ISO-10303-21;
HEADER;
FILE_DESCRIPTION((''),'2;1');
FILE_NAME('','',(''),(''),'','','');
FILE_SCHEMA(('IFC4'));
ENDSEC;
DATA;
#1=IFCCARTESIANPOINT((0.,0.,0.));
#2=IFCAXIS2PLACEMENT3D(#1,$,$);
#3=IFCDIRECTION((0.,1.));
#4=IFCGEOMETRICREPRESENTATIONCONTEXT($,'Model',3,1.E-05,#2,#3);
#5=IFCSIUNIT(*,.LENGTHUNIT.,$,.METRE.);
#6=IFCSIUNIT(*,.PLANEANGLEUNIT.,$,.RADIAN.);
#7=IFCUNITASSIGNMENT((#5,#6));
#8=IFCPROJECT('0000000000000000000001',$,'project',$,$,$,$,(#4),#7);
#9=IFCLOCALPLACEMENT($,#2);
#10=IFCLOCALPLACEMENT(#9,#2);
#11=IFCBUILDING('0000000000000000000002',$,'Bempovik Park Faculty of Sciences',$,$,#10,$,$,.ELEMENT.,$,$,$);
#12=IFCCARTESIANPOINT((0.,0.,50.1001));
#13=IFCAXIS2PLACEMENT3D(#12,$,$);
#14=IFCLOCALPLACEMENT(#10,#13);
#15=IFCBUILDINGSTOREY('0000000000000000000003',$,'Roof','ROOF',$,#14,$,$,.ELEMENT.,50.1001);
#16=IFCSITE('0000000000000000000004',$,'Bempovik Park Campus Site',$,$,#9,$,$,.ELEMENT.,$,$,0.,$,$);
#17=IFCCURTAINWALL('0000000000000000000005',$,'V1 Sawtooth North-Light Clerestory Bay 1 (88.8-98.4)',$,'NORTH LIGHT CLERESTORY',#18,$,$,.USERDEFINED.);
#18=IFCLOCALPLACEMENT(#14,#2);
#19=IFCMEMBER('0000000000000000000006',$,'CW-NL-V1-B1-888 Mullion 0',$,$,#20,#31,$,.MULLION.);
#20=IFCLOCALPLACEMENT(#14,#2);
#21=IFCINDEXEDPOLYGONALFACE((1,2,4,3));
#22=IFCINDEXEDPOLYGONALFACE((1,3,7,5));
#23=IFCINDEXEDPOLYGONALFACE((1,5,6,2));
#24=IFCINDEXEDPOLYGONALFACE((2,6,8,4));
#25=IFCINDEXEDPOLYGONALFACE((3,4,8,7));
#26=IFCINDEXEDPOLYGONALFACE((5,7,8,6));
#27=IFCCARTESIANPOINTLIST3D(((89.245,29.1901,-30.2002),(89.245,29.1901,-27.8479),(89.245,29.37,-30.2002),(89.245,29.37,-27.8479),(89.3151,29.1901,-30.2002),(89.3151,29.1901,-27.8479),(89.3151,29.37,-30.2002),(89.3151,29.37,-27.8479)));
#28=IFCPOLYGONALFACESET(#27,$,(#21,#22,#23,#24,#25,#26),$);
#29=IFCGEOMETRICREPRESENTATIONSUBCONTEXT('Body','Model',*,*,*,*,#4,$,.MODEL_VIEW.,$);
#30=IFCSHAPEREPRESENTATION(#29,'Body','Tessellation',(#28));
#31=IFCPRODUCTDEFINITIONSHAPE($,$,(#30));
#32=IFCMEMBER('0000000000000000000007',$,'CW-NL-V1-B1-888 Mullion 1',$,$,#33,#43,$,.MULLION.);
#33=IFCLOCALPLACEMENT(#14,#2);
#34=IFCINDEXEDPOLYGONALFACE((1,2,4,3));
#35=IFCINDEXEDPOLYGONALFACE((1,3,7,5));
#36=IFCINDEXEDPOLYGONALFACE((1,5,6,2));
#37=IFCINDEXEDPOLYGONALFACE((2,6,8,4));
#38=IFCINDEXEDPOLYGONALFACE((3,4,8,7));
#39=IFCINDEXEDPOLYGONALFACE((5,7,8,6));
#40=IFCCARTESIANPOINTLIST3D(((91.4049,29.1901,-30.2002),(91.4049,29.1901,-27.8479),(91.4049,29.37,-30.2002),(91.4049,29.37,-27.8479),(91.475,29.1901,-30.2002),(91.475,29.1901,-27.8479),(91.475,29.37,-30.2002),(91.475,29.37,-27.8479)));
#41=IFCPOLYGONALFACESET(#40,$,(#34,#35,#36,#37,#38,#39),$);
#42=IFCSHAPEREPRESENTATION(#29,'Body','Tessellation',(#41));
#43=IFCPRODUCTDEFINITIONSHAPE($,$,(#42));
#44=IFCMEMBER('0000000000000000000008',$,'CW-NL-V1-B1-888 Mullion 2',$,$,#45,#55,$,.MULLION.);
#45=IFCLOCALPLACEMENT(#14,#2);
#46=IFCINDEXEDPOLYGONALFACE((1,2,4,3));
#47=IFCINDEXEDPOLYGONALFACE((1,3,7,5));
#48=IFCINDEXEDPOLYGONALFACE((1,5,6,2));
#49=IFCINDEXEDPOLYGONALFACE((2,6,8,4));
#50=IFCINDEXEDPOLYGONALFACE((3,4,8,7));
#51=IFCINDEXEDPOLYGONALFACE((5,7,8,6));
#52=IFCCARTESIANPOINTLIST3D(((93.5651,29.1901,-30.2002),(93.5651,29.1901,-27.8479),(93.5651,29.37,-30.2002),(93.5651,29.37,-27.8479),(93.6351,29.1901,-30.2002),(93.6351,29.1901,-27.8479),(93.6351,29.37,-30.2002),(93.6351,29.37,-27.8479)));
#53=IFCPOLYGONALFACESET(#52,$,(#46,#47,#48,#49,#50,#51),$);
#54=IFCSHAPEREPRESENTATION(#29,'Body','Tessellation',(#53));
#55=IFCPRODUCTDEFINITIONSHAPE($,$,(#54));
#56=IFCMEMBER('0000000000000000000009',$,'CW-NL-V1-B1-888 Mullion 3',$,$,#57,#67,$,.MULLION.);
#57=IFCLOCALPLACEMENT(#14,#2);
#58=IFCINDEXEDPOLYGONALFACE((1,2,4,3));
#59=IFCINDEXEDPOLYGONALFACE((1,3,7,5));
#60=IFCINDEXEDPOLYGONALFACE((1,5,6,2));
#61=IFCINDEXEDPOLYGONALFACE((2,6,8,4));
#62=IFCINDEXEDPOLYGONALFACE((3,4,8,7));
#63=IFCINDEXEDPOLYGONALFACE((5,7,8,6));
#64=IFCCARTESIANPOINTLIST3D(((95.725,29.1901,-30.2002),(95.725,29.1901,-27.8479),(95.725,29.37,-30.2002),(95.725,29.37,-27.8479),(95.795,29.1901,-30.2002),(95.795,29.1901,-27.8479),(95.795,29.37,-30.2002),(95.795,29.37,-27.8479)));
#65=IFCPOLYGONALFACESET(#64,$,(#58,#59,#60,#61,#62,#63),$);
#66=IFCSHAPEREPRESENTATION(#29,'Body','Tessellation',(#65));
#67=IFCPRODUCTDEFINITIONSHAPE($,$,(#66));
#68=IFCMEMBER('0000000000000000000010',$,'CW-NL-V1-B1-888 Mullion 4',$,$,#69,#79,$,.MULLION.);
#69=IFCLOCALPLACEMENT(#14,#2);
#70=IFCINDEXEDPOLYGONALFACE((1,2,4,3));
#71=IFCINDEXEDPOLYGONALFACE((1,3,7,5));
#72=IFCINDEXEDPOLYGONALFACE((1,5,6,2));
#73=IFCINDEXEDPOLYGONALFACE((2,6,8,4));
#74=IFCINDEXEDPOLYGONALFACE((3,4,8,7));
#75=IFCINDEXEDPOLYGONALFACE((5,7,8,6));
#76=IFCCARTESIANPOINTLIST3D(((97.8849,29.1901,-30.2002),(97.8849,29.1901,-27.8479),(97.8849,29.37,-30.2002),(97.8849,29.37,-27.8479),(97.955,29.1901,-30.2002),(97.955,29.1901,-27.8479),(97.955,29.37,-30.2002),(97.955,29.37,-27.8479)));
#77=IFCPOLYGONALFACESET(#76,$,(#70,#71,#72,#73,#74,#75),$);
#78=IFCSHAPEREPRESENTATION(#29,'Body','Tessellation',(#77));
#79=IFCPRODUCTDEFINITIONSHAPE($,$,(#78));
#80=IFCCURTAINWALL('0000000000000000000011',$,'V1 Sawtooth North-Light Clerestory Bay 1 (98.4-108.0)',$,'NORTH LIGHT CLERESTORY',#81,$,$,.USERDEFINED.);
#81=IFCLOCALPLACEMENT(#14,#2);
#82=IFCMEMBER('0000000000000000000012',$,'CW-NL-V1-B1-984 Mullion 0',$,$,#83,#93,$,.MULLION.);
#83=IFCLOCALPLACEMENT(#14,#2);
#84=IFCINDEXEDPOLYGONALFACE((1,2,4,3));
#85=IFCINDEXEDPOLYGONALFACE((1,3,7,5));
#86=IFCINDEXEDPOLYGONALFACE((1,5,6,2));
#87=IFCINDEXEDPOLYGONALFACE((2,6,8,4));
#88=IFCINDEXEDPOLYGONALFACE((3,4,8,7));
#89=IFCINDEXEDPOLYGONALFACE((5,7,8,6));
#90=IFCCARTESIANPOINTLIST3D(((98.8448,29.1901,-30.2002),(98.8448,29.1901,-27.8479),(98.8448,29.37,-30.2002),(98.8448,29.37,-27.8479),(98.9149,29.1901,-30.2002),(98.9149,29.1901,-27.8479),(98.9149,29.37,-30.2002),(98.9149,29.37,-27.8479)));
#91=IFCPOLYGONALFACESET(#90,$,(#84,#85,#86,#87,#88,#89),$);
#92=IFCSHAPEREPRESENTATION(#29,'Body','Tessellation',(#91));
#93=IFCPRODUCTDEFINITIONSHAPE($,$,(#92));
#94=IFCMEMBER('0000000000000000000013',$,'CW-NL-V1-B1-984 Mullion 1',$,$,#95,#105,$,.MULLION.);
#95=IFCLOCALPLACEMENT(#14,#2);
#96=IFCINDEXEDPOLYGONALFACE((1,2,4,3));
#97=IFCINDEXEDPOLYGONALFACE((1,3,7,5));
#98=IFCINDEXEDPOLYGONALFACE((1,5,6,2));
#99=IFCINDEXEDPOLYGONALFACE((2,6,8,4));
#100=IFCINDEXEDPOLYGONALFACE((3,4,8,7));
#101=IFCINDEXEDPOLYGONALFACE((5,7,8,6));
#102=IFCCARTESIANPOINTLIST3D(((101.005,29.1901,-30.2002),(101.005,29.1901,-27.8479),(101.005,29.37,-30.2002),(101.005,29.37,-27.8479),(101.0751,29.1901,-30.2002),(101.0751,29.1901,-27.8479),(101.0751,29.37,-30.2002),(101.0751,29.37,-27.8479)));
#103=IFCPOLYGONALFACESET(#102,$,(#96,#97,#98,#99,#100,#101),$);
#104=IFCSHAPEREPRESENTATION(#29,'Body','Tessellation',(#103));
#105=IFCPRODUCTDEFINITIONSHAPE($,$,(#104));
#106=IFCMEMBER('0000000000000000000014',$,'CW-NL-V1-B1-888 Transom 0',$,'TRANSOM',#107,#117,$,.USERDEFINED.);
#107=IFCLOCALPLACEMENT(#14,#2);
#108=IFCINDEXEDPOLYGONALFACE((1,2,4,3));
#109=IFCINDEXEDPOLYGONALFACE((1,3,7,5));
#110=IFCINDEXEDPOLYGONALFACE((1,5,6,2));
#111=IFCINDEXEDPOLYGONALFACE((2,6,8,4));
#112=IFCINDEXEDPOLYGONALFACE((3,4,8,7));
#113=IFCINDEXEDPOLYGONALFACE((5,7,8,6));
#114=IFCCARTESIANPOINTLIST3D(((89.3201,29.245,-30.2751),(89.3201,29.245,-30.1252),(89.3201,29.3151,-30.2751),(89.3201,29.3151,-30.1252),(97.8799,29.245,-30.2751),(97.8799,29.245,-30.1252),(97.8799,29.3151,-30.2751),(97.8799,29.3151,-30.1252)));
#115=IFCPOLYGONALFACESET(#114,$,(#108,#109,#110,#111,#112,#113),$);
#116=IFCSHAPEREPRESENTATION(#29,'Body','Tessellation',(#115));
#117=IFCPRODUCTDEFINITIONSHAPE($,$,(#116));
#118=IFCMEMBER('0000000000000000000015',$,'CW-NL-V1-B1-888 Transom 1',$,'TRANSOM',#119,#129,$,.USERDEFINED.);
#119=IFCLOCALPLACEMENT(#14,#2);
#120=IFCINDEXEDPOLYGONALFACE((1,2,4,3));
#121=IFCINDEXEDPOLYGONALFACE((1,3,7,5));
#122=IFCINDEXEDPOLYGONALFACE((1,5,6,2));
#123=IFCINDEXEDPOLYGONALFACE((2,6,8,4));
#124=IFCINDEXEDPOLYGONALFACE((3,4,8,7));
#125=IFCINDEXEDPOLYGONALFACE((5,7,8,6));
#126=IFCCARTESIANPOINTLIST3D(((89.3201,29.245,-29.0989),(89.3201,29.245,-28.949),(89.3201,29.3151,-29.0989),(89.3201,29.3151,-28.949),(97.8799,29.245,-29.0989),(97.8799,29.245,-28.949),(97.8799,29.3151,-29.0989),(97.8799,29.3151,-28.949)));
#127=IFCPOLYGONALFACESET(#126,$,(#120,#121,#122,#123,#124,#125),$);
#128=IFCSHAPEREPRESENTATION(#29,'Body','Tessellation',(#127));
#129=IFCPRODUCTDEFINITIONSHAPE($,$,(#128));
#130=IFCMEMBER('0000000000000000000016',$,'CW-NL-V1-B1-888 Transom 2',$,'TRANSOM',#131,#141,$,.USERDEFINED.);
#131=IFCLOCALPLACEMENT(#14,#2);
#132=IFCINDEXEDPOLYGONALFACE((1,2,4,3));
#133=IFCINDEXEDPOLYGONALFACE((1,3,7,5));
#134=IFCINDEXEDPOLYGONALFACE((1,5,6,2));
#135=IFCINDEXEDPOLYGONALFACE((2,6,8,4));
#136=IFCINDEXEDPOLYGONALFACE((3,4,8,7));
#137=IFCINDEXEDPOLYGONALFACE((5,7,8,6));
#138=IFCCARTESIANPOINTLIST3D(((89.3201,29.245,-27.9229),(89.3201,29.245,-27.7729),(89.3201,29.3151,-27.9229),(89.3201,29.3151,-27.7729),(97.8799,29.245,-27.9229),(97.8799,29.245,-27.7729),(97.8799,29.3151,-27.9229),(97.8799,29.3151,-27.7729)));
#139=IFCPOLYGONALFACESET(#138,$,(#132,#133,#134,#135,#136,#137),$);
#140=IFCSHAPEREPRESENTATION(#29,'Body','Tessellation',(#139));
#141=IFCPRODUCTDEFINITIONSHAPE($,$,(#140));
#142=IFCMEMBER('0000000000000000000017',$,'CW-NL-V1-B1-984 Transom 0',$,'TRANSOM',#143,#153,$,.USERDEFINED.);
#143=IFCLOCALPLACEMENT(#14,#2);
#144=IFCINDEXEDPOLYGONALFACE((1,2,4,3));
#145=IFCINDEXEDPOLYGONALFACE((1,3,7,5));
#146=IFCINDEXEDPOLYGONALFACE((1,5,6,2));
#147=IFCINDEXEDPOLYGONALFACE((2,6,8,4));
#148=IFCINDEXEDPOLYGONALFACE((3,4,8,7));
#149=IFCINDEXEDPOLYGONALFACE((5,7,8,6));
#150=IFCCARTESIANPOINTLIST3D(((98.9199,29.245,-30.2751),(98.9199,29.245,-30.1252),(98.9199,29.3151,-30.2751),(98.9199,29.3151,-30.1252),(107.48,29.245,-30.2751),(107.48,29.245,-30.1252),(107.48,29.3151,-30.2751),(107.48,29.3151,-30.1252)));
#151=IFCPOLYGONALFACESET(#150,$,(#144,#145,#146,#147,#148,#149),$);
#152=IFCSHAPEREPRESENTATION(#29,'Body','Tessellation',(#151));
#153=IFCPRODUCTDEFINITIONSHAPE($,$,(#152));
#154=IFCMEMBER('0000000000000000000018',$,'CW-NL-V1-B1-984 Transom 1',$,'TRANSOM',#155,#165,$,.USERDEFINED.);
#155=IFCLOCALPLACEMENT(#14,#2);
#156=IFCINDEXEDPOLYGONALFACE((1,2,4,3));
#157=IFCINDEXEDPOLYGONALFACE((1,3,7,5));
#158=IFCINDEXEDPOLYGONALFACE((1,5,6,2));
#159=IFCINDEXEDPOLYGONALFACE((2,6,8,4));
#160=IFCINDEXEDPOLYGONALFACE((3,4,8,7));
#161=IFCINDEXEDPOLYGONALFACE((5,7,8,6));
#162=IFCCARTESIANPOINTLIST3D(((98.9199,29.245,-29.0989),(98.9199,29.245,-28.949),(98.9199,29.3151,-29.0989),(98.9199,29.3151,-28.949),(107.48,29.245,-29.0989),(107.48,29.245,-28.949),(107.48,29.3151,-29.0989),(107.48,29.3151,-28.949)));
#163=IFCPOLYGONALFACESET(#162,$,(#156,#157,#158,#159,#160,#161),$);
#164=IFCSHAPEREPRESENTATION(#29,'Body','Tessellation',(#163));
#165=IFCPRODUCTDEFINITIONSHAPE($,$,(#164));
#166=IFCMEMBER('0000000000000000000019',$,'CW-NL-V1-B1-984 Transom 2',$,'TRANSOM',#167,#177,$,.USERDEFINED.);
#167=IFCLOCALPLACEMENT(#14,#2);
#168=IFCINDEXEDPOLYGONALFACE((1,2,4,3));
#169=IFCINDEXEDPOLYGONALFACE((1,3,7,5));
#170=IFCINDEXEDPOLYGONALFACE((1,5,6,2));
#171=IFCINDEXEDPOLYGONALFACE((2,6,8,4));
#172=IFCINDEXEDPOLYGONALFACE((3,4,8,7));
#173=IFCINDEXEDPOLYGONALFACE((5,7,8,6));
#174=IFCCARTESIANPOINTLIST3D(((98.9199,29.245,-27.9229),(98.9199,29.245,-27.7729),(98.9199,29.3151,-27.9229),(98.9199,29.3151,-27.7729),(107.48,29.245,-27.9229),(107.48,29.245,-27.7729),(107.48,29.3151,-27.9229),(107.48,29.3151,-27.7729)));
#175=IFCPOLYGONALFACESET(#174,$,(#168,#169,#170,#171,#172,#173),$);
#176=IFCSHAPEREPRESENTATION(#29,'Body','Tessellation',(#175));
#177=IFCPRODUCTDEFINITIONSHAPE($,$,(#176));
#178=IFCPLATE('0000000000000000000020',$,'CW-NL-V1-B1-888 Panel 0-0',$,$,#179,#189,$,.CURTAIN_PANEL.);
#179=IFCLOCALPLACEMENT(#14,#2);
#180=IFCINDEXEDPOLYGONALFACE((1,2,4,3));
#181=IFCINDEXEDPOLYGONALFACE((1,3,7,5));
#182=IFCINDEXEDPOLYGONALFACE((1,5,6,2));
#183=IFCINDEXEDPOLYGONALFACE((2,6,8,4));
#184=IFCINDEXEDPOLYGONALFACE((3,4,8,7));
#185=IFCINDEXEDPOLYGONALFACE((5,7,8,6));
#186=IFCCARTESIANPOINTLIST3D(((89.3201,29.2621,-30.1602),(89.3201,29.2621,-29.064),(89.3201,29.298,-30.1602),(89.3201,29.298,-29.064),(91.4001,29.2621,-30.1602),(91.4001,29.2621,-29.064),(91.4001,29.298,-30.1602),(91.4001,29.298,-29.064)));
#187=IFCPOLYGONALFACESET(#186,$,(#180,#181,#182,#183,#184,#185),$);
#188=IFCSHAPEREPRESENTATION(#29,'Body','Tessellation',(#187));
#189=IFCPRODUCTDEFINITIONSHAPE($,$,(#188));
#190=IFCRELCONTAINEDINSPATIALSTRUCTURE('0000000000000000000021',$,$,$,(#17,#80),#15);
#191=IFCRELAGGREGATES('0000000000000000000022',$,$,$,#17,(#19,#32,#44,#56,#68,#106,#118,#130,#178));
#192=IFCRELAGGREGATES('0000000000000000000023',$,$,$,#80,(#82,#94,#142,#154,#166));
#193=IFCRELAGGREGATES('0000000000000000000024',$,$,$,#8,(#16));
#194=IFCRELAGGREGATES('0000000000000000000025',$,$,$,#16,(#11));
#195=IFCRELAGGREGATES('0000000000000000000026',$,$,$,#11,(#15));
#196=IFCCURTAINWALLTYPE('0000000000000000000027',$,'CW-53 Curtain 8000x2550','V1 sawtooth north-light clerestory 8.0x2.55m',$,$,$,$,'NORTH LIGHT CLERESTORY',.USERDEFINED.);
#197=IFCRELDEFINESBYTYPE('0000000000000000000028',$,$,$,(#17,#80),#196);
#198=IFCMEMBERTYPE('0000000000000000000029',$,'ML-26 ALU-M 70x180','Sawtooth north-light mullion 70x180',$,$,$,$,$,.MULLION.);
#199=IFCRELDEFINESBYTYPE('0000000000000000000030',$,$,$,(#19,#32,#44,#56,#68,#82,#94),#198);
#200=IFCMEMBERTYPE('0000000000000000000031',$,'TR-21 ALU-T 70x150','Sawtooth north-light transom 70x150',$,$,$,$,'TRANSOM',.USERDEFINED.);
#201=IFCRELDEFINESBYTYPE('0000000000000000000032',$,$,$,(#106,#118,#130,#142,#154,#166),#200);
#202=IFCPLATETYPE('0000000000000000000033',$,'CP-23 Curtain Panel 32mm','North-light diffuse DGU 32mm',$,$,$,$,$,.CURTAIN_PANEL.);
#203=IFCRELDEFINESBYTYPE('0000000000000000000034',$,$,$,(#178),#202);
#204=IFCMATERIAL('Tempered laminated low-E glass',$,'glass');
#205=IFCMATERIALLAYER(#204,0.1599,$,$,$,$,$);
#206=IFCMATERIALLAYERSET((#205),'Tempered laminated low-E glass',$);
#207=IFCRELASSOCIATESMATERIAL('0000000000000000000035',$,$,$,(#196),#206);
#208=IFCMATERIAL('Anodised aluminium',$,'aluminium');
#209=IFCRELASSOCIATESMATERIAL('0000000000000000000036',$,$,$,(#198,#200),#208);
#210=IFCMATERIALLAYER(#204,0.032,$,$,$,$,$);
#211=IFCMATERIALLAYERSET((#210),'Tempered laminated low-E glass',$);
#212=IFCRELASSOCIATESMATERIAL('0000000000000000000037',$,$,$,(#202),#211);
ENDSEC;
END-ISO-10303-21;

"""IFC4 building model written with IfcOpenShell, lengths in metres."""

from ifc_helpers import new_model, si_unit, direction, frame, origin, origin_2d, place, context, subcontext, project, spatial, rectangle, extrude, material, layer, layer_set, material_profile, profile_set, type_object, element, aggregate, save


model = new_model("IFC4")

# Units and contexts
model_context = context("Model", 3, precision=1e-05, world=origin(), true_north=direction((0.0, 1.0)))
body_context = subcontext(model_context, "Body", "Model", "MODEL_VIEW")
ifc_project = project(units=[si_unit("LENGTHUNIT", "METRE"), si_unit("PLANEANGLEUNIT", "RADIAN")], contexts=[model_context])

# Site, building, storey
site_placement = place(None, origin())
site = spatial("IfcSite", under=ifc_project, at=site_placement, Name="Bempovik Park Campus Site", CompositionType="ELEMENT", RefElevation=0.0)
building_placement = place(site_placement, origin())
building = spatial("IfcBuilding", under=site, at=building_placement, Name="Bempovik Park Faculty of Sciences", CompositionType="ELEMENT")
storey_placement = place(building_placement, frame((0.0, 0.0, 50.1001)))
storey = spatial("IfcBuildingStorey", under=building, at=storey_placement, Name="Roof", Description="ROOF", CompositionType="ELEMENT", Elevation=50.1001)

# Curtain walls, members
ifc_material_1 = material(Name="Tempered laminated low-E glass", Category="glass")
ifc_layer_1 = layer(ifc_material_1, 0.1599)
ifc_layer_set_1 = layer_set([ifc_layer_1], Name="Tempered laminated low-E glass")
curtain_wall_type = type_object("IfcCurtainWallType", Name="CW-53 Curtain 8000x2550", Description="V1 sawtooth north-light clerestory 8.0x2.55m", ElementType="NORTH LIGHT CLERESTORY", PredefinedType="USERDEFINED", material=ifc_layer_set_1)
curtain_wall_1_placement = place(storey_placement, origin())
curtain_wall_1 = element("IfcCurtainWall", 1, at=curtain_wall_1_placement, inside=storey, type_object=curtain_wall_type, Name="V1 Sawtooth North-Light Clerestory Bay 1 (88.8-98.4)", ObjectType="NORTH LIGHT CLERESTORY", PredefinedType="USERDEFINED")
ifc_material_2 = material(Name="Anodised aluminium", Category="aluminium")
ifc_material_profile_1 = material_profile(ifc_material_2, rectangle(XDim=0.0701, YDim=0.1799, at=origin_2d()), Name="ALU-M 70x180")
ifc_profile_set_1 = profile_set([ifc_material_profile_1], Name="Anodised aluminium")
member_type_1 = type_object("IfcMemberType", Name="ML-26 ALU-M 70x180", Description="Sawtooth north-light mullion 70x180", PredefinedType="MULLION", material=ifc_profile_set_1)
member_1_placement = place(storey_placement, frame((89.28, 29.28, -30.2002), z_axis=(0.0, 0.0, 1.0), x_axis=(1.0, 0.0, 0.0)))
member_1 = element("IfcMember", 2, at=member_1_placement, type_object=member_type_1, Name="CW-NL-V1-B1-888 Mullion 0", PredefinedType="MULLION", context=body_context, shape_type="SweptSolid", body=[
    extrude(rectangle(XDim=0.0701, YDim=0.1799, at=origin_2d()), origin(), (0.0, 0.0, 1.0), 2.3523),
])
member_2_placement = place(storey_placement, frame((91.4399, 29.28, -30.2002), z_axis=(0.0, 0.0, 1.0), x_axis=(1.0, 0.0, 0.0)))
member_2 = element("IfcMember", 3, at=member_2_placement, type_object=member_type_1, Name="CW-NL-V1-B1-888 Mullion 1", PredefinedType="MULLION", context=body_context, shape_type="SweptSolid", body=[
    extrude(rectangle(XDim=0.0701, YDim=0.1799, at=origin_2d()), origin(), (0.0, 0.0, 1.0), 2.3523),
])
member_3_placement = place(storey_placement, frame((93.6001, 29.28, -30.2002), z_axis=(0.0, 0.0, 1.0), x_axis=(1.0, 0.0, 0.0)))
member_3 = element("IfcMember", 4, at=member_3_placement, type_object=member_type_1, Name="CW-NL-V1-B1-888 Mullion 2", PredefinedType="MULLION", context=body_context, shape_type="SweptSolid", body=[
    extrude(rectangle(XDim=0.0701, YDim=0.1799, at=origin_2d()), origin(), (0.0, 0.0, 1.0), 2.3523),
])
member_4_placement = place(storey_placement, frame((95.76, 29.28, -30.2002), z_axis=(0.0, 0.0, 1.0), x_axis=(1.0, 0.0, 0.0)))
member_4 = element("IfcMember", 5, at=member_4_placement, type_object=member_type_1, Name="CW-NL-V1-B1-888 Mullion 3", PredefinedType="MULLION", context=body_context, shape_type="SweptSolid", body=[
    extrude(rectangle(XDim=0.0701, YDim=0.1799, at=origin_2d()), origin(), (0.0, 0.0, 1.0), 2.3523),
])
member_5_placement = place(storey_placement, frame((97.9199, 29.28, -30.2002), z_axis=(0.0, 0.0, 1.0), x_axis=(1.0, 0.0, 0.0)))
member_5 = element("IfcMember", 6, at=member_5_placement, type_object=member_type_1, Name="CW-NL-V1-B1-888 Mullion 4", PredefinedType="MULLION", context=body_context, shape_type="SweptSolid", body=[
    extrude(rectangle(XDim=0.0701, YDim=0.1799, at=origin_2d()), origin(), (0.0, 0.0, 1.0), 2.3523),
])
curtain_wall_2_placement = place(storey_placement, origin())
curtain_wall_2 = element("IfcCurtainWall", 7, at=curtain_wall_2_placement, inside=storey, type_object=curtain_wall_type, Name="V1 Sawtooth North-Light Clerestory Bay 1 (98.4-108.0)", ObjectType="NORTH LIGHT CLERESTORY", PredefinedType="USERDEFINED")
member_6_placement = place(storey_placement, frame((98.8799, 29.28, -30.2002), z_axis=(0.0, 0.0, 1.0), x_axis=(1.0, 0.0, 0.0)))
member_6 = element("IfcMember", 8, at=member_6_placement, type_object=member_type_1, Name="CW-NL-V1-B1-984 Mullion 0", PredefinedType="MULLION", context=body_context, shape_type="SweptSolid", body=[
    extrude(rectangle(XDim=0.0701, YDim=0.1799, at=origin_2d()), origin(), (0.0, 0.0, 1.0), 2.3523),
])
member_7_placement = place(storey_placement, frame((101.04, 29.28, -30.2002), z_axis=(0.0, 0.0, 1.0), x_axis=(1.0, 0.0, 0.0)))
member_7 = element("IfcMember", 9, at=member_7_placement, type_object=member_type_1, Name="CW-NL-V1-B1-984 Mullion 1", PredefinedType="MULLION", context=body_context, shape_type="SweptSolid", body=[
    extrude(rectangle(XDim=0.0701, YDim=0.1799, at=origin_2d()), origin(), (0.0, 0.0, 1.0), 2.3523),
])

# Members
ifc_material_profile_2 = material_profile(ifc_material_2, rectangle(XDim=0.0701, YDim=0.1499, at=origin_2d()), Name="ALU-T 70x150")
ifc_profile_set_2 = profile_set([ifc_material_profile_2], Name="Anodised aluminium")
member_type_2 = type_object("IfcMemberType", Name="TR-21 ALU-T 70x150", Description="Sawtooth north-light transom 70x150", ElementType="TRANSOM", PredefinedType="USERDEFINED", material=ifc_profile_set_2)
member_8_placement = place(storey_placement, frame((89.3201, 29.28, -30.2002), z_axis=(1.0, 0.0, 0.0), x_axis=(0.0, 1.0, 0.0)))
member_8 = element("IfcMember", 10, at=member_8_placement, type_object=member_type_2, Name="CW-NL-V1-B1-888 Transom 0", ObjectType="TRANSOM", PredefinedType="USERDEFINED", context=body_context, shape_type="SweptSolid", body=[
    extrude(rectangle(XDim=0.0701, YDim=0.1499, at=origin_2d()), origin(), (0.0, 0.0, 1.0), 8.5598),
])
member_9_placement = place(storey_placement, frame((89.3201, 29.28, -29.0239), z_axis=(1.0, 0.0, 0.0), x_axis=(0.0, 1.0, 0.0)))
member_9 = element("IfcMember", 11, at=member_9_placement, type_object=member_type_2, Name="CW-NL-V1-B1-888 Transom 1", ObjectType="TRANSOM", PredefinedType="USERDEFINED", context=body_context, shape_type="SweptSolid", body=[
    extrude(rectangle(XDim=0.0701, YDim=0.1499, at=origin_2d()), origin(), (0.0, 0.0, 1.0), 8.5598),
])
member_10_placement = place(storey_placement, frame((89.3201, 29.28, -27.8479), z_axis=(1.0, 0.0, 0.0), x_axis=(0.0, 1.0, 0.0)))
member_10 = element("IfcMember", 12, at=member_10_placement, type_object=member_type_2, Name="CW-NL-V1-B1-888 Transom 2", ObjectType="TRANSOM", PredefinedType="USERDEFINED", context=body_context, shape_type="SweptSolid", body=[
    extrude(rectangle(XDim=0.0701, YDim=0.1499, at=origin_2d()), origin(), (0.0, 0.0, 1.0), 8.5598),
])
member_11_placement = place(storey_placement, frame((98.9199, 29.28, -30.2002), z_axis=(1.0, 0.0, 0.0), x_axis=(0.0, 1.0, 0.0)))
member_11 = element("IfcMember", 13, at=member_11_placement, type_object=member_type_2, Name="CW-NL-V1-B1-984 Transom 0", ObjectType="TRANSOM", PredefinedType="USERDEFINED", context=body_context, shape_type="SweptSolid", body=[
    extrude(rectangle(XDim=0.0701, YDim=0.1499, at=origin_2d()), origin(), (0.0, 0.0, 1.0), 8.5601),
])
member_12_placement = place(storey_placement, frame((98.9199, 29.28, -29.0239), z_axis=(1.0, 0.0, 0.0), x_axis=(0.0, 1.0, 0.0)))
member_12 = element("IfcMember", 14, at=member_12_placement, type_object=member_type_2, Name="CW-NL-V1-B1-984 Transom 1", ObjectType="TRANSOM", PredefinedType="USERDEFINED", context=body_context, shape_type="SweptSolid", body=[
    extrude(rectangle(XDim=0.0701, YDim=0.1499, at=origin_2d()), origin(), (0.0, 0.0, 1.0), 8.5601),
])
member_13_placement = place(storey_placement, frame((98.9199, 29.28, -27.8479), z_axis=(1.0, 0.0, 0.0), x_axis=(0.0, 1.0, 0.0)))
member_13 = element("IfcMember", 15, at=member_13_placement, type_object=member_type_2, Name="CW-NL-V1-B1-984 Transom 2", ObjectType="TRANSOM", PredefinedType="USERDEFINED", context=body_context, shape_type="SweptSolid", body=[
    extrude(rectangle(XDim=0.0701, YDim=0.1499, at=origin_2d()), origin(), (0.0, 0.0, 1.0), 8.5601),
])

# Plate
ifc_layer_2 = layer(ifc_material_1, 0.032)
ifc_layer_set_2 = layer_set([ifc_layer_2], Name="Tempered laminated low-E glass")
plate_type = type_object("IfcPlateType", Name="CP-23 Curtain Panel 32mm", Description="North-light diffuse DGU 32mm", PredefinedType="CURTAIN_PANEL", material=ifc_layer_set_2)
plate_1_placement = place(storey_placement, frame((90.3601, 29.28, -30.1602), z_axis=(0.0, 0.0, 1.0), x_axis=(1.0, 0.0, 0.0)))
plate_1 = element("IfcPlate", 16, at=plate_1_placement, type_object=plate_type, Name="CW-NL-V1-B1-888 Panel 0-0", PredefinedType="CURTAIN_PANEL", context=body_context, shape_type="SweptSolid", body=[
    extrude(rectangle(XDim=2.0801, YDim=0.0359, at=origin_2d()), origin(), (0.0, 0.0, 1.0), 1.0962),
])
aggregate(curtain_wall_1, [member_1, member_2, member_3, member_4, member_5, member_8, member_9, member_10, plate_1])
aggregate(curtain_wall_2, [member_6, member_7, member_11, member_12, member_13])

save(model, "model.ifc")
